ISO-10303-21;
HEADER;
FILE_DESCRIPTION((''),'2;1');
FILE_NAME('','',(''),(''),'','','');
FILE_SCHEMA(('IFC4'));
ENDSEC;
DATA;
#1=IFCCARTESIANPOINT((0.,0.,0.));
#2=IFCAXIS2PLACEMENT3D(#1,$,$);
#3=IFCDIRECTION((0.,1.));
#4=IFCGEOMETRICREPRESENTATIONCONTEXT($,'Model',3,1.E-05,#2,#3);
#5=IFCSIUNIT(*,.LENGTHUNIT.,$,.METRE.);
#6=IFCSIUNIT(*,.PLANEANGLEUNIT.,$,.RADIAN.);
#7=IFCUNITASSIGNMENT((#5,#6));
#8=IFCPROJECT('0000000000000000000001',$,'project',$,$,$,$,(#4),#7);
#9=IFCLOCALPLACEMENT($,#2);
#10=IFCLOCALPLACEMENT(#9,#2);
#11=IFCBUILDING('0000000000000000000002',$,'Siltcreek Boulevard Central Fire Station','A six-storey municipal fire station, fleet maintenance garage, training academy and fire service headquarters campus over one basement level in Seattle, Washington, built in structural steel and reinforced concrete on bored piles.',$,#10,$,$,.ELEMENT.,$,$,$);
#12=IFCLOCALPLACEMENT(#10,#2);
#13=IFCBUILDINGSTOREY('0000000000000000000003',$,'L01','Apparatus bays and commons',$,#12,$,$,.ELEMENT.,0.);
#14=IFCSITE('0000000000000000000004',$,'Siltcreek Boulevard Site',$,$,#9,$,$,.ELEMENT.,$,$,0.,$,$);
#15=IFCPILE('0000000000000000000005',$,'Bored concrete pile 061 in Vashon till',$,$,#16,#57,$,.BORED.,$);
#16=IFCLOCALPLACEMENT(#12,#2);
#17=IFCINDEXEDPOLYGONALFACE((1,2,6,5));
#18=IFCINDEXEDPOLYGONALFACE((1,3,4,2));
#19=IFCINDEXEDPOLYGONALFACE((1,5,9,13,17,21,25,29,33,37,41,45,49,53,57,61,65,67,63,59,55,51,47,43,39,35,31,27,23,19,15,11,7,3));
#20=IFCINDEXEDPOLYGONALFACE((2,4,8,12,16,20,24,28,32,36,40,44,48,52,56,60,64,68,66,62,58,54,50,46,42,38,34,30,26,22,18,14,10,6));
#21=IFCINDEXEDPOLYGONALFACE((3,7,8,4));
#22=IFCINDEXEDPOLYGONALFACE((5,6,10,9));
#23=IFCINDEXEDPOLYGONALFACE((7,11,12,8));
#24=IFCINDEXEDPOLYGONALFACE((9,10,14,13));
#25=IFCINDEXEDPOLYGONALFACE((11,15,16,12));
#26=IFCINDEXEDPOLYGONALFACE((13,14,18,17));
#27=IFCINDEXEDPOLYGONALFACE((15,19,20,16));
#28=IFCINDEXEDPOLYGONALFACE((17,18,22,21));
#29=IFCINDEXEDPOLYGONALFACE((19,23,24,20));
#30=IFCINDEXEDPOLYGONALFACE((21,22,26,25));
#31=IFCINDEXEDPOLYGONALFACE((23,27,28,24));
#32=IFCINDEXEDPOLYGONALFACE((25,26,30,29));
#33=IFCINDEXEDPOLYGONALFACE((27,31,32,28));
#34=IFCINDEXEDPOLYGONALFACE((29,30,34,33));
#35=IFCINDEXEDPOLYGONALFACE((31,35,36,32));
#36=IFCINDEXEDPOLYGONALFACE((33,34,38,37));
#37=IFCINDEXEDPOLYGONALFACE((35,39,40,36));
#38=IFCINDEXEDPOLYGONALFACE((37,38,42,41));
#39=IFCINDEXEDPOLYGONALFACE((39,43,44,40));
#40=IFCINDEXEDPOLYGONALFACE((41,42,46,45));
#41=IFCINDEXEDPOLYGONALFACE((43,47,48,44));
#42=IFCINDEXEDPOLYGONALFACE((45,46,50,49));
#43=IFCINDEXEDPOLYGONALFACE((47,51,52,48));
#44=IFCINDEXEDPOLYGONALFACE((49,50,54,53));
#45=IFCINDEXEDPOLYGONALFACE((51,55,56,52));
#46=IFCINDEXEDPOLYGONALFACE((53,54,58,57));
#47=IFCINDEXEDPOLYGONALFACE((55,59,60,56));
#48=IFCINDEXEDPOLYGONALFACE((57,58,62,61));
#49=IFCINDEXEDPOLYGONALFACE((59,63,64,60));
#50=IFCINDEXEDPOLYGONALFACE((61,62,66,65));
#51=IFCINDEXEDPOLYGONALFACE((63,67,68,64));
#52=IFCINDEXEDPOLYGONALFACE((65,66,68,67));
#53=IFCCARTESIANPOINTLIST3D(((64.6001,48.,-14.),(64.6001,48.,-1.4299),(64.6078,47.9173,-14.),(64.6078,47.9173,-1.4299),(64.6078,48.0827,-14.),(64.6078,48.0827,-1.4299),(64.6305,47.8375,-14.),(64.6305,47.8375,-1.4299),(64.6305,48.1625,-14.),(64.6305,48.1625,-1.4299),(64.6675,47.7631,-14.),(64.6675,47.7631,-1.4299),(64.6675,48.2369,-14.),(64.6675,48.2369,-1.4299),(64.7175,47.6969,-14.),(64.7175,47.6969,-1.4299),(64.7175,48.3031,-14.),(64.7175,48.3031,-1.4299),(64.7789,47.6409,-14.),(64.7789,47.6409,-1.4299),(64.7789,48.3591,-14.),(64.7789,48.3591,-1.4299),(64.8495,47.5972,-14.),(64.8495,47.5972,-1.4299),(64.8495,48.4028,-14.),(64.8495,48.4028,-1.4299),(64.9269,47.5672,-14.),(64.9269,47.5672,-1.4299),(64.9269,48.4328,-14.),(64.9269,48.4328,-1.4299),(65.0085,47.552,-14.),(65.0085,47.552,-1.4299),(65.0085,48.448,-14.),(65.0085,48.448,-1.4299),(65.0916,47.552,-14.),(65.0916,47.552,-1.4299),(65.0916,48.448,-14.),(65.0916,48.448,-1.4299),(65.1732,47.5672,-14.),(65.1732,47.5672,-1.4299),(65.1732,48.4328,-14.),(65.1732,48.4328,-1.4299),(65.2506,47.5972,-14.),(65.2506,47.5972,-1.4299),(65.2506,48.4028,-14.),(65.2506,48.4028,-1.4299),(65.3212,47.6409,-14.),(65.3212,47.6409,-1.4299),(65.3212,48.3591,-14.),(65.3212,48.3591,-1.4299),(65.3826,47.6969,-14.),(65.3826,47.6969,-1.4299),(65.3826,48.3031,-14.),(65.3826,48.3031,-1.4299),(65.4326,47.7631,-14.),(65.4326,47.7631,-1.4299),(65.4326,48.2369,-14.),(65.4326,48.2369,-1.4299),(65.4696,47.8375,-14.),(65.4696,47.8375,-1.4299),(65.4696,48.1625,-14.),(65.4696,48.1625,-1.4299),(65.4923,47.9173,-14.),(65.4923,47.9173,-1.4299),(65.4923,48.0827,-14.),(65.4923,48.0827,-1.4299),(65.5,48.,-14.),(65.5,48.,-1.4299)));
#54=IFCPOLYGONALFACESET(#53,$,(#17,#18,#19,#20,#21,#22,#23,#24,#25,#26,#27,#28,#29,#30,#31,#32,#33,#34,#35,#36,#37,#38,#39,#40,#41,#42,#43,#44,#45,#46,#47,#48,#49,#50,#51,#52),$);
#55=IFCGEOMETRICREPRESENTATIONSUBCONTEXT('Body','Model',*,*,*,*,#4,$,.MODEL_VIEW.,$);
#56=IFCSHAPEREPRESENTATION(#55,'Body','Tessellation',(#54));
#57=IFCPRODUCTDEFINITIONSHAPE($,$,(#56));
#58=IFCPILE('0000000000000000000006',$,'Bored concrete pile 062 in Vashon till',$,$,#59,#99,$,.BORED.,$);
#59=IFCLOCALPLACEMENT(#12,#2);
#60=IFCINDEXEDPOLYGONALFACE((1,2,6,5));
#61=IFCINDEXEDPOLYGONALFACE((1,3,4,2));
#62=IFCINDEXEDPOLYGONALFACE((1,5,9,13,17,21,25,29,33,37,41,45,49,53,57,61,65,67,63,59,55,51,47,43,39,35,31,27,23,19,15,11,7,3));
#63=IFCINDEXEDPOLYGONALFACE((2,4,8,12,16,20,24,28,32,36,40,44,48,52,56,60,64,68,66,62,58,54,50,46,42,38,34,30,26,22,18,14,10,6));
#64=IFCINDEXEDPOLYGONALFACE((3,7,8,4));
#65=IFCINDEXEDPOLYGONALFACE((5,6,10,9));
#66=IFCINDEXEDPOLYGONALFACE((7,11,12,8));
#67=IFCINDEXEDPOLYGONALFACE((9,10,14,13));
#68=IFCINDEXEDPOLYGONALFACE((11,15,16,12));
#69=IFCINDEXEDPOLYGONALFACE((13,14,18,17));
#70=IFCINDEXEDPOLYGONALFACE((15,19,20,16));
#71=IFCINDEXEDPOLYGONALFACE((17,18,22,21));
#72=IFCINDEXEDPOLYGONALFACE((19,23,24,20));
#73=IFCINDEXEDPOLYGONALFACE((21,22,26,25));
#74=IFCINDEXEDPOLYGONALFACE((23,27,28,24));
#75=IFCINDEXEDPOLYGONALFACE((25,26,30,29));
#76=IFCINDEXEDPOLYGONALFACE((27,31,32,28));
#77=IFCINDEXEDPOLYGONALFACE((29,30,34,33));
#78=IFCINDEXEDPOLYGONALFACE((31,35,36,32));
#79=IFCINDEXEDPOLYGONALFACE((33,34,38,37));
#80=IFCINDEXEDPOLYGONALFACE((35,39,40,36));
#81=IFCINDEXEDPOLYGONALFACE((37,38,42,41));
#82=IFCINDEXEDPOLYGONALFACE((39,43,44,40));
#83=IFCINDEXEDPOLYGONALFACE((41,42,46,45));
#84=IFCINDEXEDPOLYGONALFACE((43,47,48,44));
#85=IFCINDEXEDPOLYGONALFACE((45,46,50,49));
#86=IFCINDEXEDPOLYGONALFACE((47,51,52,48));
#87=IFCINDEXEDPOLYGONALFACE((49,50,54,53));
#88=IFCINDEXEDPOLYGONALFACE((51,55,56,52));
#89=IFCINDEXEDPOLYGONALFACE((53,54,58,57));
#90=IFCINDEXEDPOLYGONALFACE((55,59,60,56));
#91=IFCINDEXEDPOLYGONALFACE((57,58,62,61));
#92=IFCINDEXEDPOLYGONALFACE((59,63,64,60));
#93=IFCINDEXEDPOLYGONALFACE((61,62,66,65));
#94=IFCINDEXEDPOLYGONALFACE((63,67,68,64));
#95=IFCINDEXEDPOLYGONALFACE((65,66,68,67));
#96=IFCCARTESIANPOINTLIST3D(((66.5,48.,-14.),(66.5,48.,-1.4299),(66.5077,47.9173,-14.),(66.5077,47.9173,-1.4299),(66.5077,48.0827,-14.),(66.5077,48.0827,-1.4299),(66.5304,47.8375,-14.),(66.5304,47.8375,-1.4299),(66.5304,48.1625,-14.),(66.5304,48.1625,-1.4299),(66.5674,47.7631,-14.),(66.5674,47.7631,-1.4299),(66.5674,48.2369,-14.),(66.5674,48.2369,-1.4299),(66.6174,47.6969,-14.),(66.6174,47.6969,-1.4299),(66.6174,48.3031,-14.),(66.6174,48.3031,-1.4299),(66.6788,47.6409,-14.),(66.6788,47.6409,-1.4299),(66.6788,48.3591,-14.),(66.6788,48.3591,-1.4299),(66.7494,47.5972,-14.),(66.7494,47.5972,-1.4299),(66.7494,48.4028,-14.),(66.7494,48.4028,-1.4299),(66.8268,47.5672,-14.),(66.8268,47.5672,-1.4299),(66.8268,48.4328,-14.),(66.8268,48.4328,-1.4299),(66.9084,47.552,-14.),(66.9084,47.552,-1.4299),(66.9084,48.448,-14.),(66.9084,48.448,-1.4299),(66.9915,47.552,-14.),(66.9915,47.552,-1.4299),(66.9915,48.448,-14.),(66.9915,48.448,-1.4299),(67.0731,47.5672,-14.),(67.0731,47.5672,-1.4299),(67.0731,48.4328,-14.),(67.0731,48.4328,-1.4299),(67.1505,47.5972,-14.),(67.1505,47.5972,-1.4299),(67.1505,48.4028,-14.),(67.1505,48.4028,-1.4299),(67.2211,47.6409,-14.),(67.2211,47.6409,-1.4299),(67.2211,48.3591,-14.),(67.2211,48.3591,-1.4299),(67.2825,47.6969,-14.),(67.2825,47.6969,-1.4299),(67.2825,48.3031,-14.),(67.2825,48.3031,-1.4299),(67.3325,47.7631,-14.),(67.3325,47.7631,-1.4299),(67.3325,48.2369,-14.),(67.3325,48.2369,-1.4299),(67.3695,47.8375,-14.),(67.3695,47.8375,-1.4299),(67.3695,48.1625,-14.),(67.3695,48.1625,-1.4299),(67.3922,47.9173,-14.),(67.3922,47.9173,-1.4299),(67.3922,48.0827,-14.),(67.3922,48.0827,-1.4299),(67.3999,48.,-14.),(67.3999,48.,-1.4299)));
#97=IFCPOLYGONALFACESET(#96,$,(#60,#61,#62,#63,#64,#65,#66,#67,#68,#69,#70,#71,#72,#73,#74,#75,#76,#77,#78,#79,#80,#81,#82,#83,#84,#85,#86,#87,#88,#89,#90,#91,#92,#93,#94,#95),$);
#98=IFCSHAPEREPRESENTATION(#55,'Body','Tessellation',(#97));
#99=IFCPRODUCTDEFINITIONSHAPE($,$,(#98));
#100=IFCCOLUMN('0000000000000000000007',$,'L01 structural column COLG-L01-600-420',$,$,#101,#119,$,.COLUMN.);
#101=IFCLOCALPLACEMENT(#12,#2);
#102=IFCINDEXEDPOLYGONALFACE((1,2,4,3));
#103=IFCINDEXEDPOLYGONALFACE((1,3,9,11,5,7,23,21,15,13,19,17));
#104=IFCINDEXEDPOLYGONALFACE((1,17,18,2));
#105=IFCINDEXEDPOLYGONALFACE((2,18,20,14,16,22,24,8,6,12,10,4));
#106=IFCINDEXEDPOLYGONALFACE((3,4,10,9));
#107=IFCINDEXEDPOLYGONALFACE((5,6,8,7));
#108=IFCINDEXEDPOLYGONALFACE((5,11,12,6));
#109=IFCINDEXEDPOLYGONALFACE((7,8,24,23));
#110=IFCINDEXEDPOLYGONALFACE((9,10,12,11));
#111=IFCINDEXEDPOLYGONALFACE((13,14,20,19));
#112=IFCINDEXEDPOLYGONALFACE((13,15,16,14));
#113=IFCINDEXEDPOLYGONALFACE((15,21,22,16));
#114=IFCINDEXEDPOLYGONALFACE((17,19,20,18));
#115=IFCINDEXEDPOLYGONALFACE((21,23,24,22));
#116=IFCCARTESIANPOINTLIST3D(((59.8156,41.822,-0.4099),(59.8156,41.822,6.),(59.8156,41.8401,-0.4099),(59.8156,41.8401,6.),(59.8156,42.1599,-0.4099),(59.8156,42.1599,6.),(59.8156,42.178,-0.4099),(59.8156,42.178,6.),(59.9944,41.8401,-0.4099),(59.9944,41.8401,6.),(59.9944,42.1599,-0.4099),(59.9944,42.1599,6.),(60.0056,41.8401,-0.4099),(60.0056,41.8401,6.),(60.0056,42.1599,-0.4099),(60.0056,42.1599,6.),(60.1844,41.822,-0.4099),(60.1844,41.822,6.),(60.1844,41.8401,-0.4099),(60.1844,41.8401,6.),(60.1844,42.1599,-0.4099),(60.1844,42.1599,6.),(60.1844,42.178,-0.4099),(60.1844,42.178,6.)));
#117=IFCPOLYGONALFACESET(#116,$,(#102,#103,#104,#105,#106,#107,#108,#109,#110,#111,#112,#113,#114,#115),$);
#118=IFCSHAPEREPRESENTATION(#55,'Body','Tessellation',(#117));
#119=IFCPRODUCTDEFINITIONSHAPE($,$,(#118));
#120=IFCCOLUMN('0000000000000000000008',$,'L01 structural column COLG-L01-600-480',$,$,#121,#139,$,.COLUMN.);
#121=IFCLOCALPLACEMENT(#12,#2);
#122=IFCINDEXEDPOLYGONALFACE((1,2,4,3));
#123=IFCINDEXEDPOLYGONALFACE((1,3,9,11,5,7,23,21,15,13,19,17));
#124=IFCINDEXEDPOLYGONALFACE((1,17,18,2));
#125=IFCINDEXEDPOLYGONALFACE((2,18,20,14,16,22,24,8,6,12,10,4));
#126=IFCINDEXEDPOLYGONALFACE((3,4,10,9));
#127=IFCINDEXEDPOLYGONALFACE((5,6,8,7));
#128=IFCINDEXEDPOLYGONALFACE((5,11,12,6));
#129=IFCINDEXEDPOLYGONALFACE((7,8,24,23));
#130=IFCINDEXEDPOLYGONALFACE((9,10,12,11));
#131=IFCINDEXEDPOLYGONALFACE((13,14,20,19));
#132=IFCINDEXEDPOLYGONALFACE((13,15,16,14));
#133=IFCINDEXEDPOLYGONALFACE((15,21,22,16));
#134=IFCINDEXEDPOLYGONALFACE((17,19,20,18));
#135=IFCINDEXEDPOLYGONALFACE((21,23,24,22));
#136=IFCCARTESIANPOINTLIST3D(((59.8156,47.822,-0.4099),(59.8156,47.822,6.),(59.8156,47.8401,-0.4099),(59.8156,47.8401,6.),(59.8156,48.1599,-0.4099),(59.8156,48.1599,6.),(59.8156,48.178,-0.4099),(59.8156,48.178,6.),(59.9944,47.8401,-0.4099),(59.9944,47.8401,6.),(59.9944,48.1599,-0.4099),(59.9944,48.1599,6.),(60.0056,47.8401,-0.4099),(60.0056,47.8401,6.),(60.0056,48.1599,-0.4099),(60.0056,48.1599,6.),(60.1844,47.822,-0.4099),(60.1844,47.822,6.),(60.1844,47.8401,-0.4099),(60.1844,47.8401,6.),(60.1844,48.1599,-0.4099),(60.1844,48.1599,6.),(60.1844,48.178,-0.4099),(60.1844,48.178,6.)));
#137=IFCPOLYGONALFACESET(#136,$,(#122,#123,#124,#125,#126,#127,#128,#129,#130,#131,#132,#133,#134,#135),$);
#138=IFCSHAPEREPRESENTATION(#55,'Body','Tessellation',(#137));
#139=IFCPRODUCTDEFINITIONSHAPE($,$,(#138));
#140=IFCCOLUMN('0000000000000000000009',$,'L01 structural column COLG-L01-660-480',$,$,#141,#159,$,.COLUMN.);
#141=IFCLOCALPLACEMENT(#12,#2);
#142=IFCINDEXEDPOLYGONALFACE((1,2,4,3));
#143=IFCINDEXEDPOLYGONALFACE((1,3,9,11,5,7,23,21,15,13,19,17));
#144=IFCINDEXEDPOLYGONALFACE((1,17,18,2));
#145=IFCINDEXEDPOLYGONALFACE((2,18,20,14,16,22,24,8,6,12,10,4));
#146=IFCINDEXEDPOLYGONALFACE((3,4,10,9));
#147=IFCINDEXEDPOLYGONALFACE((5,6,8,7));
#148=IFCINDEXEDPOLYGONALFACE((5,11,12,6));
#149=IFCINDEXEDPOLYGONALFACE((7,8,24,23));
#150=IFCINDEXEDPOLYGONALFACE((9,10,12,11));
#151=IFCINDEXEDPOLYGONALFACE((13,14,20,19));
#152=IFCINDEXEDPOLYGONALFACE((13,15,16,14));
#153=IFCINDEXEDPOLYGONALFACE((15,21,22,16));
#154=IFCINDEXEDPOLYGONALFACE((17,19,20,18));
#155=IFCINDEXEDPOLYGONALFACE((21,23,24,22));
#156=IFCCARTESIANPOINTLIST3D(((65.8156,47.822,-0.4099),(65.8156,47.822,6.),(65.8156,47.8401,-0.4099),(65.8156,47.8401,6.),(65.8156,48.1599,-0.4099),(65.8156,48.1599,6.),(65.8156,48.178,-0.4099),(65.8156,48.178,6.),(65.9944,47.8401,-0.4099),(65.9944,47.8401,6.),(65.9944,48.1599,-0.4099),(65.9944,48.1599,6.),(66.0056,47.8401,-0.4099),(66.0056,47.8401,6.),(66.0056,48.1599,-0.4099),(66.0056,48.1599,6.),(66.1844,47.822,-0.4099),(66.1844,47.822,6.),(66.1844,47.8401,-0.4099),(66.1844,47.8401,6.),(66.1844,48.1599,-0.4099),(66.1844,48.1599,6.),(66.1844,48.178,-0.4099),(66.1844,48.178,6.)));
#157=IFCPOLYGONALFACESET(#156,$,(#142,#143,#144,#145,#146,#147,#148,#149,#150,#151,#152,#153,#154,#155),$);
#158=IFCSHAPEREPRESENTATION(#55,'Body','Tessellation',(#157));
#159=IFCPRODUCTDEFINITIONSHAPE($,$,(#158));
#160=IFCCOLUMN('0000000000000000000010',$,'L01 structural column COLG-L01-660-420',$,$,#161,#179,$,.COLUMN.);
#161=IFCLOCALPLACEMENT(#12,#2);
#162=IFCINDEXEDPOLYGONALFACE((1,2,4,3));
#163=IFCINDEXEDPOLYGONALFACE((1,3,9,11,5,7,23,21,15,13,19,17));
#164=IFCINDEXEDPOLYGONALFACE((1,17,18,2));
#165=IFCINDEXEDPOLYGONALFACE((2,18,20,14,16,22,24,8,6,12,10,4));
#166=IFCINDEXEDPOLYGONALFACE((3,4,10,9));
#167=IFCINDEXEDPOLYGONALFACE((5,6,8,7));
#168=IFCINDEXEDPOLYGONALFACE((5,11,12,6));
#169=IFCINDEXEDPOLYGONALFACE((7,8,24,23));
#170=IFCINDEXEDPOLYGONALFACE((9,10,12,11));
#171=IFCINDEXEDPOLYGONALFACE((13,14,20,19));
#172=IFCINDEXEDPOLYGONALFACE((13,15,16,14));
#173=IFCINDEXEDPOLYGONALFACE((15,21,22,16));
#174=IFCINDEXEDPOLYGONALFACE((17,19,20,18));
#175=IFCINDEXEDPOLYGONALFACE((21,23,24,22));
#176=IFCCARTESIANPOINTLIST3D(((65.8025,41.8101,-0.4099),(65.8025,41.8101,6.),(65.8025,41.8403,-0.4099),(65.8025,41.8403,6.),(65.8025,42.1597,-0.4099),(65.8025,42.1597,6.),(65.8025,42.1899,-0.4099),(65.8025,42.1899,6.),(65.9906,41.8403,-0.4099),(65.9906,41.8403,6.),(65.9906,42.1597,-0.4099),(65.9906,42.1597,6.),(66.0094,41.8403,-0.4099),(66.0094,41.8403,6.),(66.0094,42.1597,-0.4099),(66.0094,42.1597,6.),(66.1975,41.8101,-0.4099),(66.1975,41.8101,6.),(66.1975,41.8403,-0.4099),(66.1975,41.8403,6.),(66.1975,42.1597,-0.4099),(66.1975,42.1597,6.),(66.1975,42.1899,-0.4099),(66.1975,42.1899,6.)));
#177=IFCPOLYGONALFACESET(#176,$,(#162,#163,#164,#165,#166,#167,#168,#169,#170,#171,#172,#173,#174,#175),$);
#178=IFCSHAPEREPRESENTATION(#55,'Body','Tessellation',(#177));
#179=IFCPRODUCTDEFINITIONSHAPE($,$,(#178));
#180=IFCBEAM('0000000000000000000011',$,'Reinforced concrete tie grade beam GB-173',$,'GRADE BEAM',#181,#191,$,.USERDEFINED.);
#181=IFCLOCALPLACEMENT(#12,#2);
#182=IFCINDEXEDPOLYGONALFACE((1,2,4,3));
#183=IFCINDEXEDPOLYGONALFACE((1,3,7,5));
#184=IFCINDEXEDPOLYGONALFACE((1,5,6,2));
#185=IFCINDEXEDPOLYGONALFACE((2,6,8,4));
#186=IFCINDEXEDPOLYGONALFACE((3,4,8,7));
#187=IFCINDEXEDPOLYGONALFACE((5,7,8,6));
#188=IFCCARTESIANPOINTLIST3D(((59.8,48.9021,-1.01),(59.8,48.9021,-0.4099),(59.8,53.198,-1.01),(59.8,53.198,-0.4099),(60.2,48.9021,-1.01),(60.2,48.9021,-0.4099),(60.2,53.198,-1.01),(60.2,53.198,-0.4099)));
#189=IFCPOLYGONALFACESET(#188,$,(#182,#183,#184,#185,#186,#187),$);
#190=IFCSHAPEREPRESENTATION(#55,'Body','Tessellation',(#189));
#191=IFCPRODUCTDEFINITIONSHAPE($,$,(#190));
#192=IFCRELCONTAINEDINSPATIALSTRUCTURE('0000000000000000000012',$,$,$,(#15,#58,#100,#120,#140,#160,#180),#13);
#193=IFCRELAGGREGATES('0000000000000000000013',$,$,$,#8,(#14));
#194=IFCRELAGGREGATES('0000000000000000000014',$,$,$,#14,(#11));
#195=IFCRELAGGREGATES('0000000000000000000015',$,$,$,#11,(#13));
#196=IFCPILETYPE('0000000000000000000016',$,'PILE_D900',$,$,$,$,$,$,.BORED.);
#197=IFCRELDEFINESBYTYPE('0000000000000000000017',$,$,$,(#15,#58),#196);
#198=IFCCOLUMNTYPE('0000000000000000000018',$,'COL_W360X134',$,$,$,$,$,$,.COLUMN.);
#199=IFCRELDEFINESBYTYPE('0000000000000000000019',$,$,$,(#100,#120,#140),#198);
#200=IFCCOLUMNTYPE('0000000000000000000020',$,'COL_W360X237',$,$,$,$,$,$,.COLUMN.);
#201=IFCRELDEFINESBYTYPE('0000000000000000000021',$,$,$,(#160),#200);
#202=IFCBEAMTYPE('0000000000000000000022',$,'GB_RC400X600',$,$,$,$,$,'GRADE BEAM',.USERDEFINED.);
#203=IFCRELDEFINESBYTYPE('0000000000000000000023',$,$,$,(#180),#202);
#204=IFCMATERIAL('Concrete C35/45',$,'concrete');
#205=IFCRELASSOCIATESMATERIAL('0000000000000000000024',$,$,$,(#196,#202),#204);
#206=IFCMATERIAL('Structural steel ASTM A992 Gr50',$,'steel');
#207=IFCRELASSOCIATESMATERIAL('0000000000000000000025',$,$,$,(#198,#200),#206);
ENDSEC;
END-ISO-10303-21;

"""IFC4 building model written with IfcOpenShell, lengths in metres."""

from ifc_helpers import new_model, si_unit, direction, frame, origin, origin_2d, place, context, subcontext, project, spatial, rectangle, circle, i_section, extrude, material, material_profile, profile_set, type_object, element, save


model = new_model("IFC4")

# Units and contexts
model_context = context("Model", 3, precision=1e-05, world=origin(), true_north=direction((0.0, 1.0)))
body_context = subcontext(model_context, "Body", "Model", "MODEL_VIEW")
ifc_project = project(units=[si_unit("LENGTHUNIT", "METRE"), si_unit("PLANEANGLEUNIT", "RADIAN")], contexts=[model_context])

# Site, building, storey
site_placement = place(None, origin())
site = spatial("IfcSite", under=ifc_project, at=site_placement, Name="Siltcreek Boulevard Site", CompositionType="ELEMENT", RefElevation=0.0)
building_placement = place(site_placement, origin())
building = spatial("IfcBuilding", under=site, at=building_placement, Name="Siltcreek Boulevard Central Fire Station", Description="A six-storey municipal fire station, fleet maintenance garage, training academy and fire service headquarters campus over one basement level in Seattle, Washington, built in structural steel and reinforced concrete on bored piles.", CompositionType="ELEMENT")
storey_placement = place(building_placement, origin())
storey = spatial("IfcBuildingStorey", under=building, at=storey_placement, Name="L01", Description="Apparatus bays and commons", CompositionType="ELEMENT", Elevation=0.0)

# Shared definitions
ifc_material_1 = material(Name="Concrete C35/45", Category="concrete")

# Piles
ifc_material_profile_1 = material_profile(ifc_material_1, circle(Radius=0.45, at=origin_2d()), Name="SHAFT900")
ifc_profile_set_1 = profile_set([ifc_material_profile_1], Name="Concrete C35/45")
pile_type_1 = type_object("IfcPileType", Name="PILE_D900", PredefinedType="BORED", material=ifc_profile_set_1)
for number, where, z_axis, x_axis, name in (
    (1, (65.05, 48.0, -1.4299), (0.0, 0.0, -1.0), (1.0, 0.0, 0.0), "Bored concrete pile 061 in Vashon till"),
    (2, (66.95, 48.0, -1.4299), (0.0, 0.0, -1.0), (1.0, 0.0, 0.0), "Bored concrete pile 062 in Vashon till"),
):
    element("IfcPile", number, at=place(storey_placement, frame(where, z_axis=z_axis, x_axis=x_axis)), inside=storey, type_object=pile_type_1, Name=name, PredefinedType="BORED", context=body_context, shape_type="SweptSolid", body=[
        extrude(circle(Radius=0.45, at=origin_2d()), origin(), (0.0, 0.0, 1.0), 12.5701),
    ])

# Columns
ifc_material_2 = material(Name="Structural steel ASTM A992 Gr50", Category="steel")
ifc_material_profile_2 = material_profile(ifc_material_2, i_section(OverallWidth=0.3689, OverallDepth=0.356, WebThickness=0.0112, FlangeThickness=0.0181, at=origin_2d()), Name="W360X134")
ifc_profile_set_2 = profile_set([ifc_material_profile_2], Name="Structural steel ASTM A992 Gr50")
column_type_1 = type_object("IfcColumnType", Name="COL_W360X134", PredefinedType="COLUMN", material=ifc_profile_set_2)
for number, where, z_axis, x_axis, name in (
    (3, (60.0, 42.0, -0.4099), (0.0, 0.0, 1.0), (1.0, 0.0, 0.0), "L01 structural column COLG-L01-600-420"),
    (4, (60.0, 48.0, -0.4099), (0.0, 0.0, 1.0), (1.0, 0.0, 0.0), "L01 structural column COLG-L01-600-480"),
    (5, (66.0, 48.0, -0.4099), (0.0, 0.0, 1.0), (1.0, 0.0, 0.0), "L01 structural column COLG-L01-660-480"),
):
    element("IfcColumn", number, at=place(storey_placement, frame(where, z_axis=z_axis, x_axis=x_axis)), inside=storey, type_object=column_type_1, Name=name, PredefinedType="COLUMN", context=body_context, shape_type="SweptSolid", body=[
        extrude(i_section(OverallWidth=0.3689, OverallDepth=0.356, WebThickness=0.0112, FlangeThickness=0.0181, at=origin_2d()), origin(), (0.0, 0.0, 1.0), 6.4099),
    ])
ifc_material_profile_3 = material_profile(ifc_material_2, i_section(OverallWidth=0.395, OverallDepth=0.3799, WebThickness=0.0188, FlangeThickness=0.0303, at=origin_2d()), Name="W360X237")
ifc_profile_set_3 = profile_set([ifc_material_profile_3], Name="Structural steel ASTM A992 Gr50")
column_type_2 = type_object("IfcColumnType", Name="COL_W360X237", PredefinedType="COLUMN", material=ifc_profile_set_3)
column_placement = place(storey_placement, frame((66.0, 42.0, -0.4099), z_axis=(0.0, 0.0, 1.0), x_axis=(1.0, 0.0, 0.0)))
element("IfcColumn", 6, at=column_placement, inside=storey, type_object=column_type_2, Name="L01 structural column COLG-L01-660-420", PredefinedType="COLUMN", context=body_context, shape_type="SweptSolid", body=[
    extrude(i_section(OverallWidth=0.395, OverallDepth=0.3799, WebThickness=0.0188, FlangeThickness=0.0303, at=origin_2d()), origin(), (0.0, 0.0, 1.0), 6.4099),
])

# Beam
ifc_material_profile_4 = material_profile(ifc_material_1, rectangle(XDim=0.3999, YDim=0.6001, at=origin_2d()), Name="RC400X600")
ifc_profile_set_4 = profile_set([ifc_material_profile_4], Name="Concrete C35/45")
beam_type_1 = type_object("IfcBeamType", Name="GB_RC400X600", ElementType="GRADE BEAM", PredefinedType="USERDEFINED", material=ifc_profile_set_4)
beam_1_placement = place(storey_placement, frame((60.0, 48.9021, -0.71), z_axis=(0.0, 1.0, 0.0), x_axis=(-1.0, 0.0, 0.0)))
element("IfcBeam", 7, at=beam_1_placement, inside=storey, type_object=beam_type_1, Name="Reinforced concrete tie grade beam GB-173", ObjectType="GRADE BEAM", PredefinedType="USERDEFINED", context=body_context, shape_type="SweptSolid", body=[
    extrude(rectangle(XDim=0.3999, YDim=0.6001, at=origin_2d()), origin(), (0.0, 0.0, 1.0), 4.2959),
])

save(model, "model.ifc")
